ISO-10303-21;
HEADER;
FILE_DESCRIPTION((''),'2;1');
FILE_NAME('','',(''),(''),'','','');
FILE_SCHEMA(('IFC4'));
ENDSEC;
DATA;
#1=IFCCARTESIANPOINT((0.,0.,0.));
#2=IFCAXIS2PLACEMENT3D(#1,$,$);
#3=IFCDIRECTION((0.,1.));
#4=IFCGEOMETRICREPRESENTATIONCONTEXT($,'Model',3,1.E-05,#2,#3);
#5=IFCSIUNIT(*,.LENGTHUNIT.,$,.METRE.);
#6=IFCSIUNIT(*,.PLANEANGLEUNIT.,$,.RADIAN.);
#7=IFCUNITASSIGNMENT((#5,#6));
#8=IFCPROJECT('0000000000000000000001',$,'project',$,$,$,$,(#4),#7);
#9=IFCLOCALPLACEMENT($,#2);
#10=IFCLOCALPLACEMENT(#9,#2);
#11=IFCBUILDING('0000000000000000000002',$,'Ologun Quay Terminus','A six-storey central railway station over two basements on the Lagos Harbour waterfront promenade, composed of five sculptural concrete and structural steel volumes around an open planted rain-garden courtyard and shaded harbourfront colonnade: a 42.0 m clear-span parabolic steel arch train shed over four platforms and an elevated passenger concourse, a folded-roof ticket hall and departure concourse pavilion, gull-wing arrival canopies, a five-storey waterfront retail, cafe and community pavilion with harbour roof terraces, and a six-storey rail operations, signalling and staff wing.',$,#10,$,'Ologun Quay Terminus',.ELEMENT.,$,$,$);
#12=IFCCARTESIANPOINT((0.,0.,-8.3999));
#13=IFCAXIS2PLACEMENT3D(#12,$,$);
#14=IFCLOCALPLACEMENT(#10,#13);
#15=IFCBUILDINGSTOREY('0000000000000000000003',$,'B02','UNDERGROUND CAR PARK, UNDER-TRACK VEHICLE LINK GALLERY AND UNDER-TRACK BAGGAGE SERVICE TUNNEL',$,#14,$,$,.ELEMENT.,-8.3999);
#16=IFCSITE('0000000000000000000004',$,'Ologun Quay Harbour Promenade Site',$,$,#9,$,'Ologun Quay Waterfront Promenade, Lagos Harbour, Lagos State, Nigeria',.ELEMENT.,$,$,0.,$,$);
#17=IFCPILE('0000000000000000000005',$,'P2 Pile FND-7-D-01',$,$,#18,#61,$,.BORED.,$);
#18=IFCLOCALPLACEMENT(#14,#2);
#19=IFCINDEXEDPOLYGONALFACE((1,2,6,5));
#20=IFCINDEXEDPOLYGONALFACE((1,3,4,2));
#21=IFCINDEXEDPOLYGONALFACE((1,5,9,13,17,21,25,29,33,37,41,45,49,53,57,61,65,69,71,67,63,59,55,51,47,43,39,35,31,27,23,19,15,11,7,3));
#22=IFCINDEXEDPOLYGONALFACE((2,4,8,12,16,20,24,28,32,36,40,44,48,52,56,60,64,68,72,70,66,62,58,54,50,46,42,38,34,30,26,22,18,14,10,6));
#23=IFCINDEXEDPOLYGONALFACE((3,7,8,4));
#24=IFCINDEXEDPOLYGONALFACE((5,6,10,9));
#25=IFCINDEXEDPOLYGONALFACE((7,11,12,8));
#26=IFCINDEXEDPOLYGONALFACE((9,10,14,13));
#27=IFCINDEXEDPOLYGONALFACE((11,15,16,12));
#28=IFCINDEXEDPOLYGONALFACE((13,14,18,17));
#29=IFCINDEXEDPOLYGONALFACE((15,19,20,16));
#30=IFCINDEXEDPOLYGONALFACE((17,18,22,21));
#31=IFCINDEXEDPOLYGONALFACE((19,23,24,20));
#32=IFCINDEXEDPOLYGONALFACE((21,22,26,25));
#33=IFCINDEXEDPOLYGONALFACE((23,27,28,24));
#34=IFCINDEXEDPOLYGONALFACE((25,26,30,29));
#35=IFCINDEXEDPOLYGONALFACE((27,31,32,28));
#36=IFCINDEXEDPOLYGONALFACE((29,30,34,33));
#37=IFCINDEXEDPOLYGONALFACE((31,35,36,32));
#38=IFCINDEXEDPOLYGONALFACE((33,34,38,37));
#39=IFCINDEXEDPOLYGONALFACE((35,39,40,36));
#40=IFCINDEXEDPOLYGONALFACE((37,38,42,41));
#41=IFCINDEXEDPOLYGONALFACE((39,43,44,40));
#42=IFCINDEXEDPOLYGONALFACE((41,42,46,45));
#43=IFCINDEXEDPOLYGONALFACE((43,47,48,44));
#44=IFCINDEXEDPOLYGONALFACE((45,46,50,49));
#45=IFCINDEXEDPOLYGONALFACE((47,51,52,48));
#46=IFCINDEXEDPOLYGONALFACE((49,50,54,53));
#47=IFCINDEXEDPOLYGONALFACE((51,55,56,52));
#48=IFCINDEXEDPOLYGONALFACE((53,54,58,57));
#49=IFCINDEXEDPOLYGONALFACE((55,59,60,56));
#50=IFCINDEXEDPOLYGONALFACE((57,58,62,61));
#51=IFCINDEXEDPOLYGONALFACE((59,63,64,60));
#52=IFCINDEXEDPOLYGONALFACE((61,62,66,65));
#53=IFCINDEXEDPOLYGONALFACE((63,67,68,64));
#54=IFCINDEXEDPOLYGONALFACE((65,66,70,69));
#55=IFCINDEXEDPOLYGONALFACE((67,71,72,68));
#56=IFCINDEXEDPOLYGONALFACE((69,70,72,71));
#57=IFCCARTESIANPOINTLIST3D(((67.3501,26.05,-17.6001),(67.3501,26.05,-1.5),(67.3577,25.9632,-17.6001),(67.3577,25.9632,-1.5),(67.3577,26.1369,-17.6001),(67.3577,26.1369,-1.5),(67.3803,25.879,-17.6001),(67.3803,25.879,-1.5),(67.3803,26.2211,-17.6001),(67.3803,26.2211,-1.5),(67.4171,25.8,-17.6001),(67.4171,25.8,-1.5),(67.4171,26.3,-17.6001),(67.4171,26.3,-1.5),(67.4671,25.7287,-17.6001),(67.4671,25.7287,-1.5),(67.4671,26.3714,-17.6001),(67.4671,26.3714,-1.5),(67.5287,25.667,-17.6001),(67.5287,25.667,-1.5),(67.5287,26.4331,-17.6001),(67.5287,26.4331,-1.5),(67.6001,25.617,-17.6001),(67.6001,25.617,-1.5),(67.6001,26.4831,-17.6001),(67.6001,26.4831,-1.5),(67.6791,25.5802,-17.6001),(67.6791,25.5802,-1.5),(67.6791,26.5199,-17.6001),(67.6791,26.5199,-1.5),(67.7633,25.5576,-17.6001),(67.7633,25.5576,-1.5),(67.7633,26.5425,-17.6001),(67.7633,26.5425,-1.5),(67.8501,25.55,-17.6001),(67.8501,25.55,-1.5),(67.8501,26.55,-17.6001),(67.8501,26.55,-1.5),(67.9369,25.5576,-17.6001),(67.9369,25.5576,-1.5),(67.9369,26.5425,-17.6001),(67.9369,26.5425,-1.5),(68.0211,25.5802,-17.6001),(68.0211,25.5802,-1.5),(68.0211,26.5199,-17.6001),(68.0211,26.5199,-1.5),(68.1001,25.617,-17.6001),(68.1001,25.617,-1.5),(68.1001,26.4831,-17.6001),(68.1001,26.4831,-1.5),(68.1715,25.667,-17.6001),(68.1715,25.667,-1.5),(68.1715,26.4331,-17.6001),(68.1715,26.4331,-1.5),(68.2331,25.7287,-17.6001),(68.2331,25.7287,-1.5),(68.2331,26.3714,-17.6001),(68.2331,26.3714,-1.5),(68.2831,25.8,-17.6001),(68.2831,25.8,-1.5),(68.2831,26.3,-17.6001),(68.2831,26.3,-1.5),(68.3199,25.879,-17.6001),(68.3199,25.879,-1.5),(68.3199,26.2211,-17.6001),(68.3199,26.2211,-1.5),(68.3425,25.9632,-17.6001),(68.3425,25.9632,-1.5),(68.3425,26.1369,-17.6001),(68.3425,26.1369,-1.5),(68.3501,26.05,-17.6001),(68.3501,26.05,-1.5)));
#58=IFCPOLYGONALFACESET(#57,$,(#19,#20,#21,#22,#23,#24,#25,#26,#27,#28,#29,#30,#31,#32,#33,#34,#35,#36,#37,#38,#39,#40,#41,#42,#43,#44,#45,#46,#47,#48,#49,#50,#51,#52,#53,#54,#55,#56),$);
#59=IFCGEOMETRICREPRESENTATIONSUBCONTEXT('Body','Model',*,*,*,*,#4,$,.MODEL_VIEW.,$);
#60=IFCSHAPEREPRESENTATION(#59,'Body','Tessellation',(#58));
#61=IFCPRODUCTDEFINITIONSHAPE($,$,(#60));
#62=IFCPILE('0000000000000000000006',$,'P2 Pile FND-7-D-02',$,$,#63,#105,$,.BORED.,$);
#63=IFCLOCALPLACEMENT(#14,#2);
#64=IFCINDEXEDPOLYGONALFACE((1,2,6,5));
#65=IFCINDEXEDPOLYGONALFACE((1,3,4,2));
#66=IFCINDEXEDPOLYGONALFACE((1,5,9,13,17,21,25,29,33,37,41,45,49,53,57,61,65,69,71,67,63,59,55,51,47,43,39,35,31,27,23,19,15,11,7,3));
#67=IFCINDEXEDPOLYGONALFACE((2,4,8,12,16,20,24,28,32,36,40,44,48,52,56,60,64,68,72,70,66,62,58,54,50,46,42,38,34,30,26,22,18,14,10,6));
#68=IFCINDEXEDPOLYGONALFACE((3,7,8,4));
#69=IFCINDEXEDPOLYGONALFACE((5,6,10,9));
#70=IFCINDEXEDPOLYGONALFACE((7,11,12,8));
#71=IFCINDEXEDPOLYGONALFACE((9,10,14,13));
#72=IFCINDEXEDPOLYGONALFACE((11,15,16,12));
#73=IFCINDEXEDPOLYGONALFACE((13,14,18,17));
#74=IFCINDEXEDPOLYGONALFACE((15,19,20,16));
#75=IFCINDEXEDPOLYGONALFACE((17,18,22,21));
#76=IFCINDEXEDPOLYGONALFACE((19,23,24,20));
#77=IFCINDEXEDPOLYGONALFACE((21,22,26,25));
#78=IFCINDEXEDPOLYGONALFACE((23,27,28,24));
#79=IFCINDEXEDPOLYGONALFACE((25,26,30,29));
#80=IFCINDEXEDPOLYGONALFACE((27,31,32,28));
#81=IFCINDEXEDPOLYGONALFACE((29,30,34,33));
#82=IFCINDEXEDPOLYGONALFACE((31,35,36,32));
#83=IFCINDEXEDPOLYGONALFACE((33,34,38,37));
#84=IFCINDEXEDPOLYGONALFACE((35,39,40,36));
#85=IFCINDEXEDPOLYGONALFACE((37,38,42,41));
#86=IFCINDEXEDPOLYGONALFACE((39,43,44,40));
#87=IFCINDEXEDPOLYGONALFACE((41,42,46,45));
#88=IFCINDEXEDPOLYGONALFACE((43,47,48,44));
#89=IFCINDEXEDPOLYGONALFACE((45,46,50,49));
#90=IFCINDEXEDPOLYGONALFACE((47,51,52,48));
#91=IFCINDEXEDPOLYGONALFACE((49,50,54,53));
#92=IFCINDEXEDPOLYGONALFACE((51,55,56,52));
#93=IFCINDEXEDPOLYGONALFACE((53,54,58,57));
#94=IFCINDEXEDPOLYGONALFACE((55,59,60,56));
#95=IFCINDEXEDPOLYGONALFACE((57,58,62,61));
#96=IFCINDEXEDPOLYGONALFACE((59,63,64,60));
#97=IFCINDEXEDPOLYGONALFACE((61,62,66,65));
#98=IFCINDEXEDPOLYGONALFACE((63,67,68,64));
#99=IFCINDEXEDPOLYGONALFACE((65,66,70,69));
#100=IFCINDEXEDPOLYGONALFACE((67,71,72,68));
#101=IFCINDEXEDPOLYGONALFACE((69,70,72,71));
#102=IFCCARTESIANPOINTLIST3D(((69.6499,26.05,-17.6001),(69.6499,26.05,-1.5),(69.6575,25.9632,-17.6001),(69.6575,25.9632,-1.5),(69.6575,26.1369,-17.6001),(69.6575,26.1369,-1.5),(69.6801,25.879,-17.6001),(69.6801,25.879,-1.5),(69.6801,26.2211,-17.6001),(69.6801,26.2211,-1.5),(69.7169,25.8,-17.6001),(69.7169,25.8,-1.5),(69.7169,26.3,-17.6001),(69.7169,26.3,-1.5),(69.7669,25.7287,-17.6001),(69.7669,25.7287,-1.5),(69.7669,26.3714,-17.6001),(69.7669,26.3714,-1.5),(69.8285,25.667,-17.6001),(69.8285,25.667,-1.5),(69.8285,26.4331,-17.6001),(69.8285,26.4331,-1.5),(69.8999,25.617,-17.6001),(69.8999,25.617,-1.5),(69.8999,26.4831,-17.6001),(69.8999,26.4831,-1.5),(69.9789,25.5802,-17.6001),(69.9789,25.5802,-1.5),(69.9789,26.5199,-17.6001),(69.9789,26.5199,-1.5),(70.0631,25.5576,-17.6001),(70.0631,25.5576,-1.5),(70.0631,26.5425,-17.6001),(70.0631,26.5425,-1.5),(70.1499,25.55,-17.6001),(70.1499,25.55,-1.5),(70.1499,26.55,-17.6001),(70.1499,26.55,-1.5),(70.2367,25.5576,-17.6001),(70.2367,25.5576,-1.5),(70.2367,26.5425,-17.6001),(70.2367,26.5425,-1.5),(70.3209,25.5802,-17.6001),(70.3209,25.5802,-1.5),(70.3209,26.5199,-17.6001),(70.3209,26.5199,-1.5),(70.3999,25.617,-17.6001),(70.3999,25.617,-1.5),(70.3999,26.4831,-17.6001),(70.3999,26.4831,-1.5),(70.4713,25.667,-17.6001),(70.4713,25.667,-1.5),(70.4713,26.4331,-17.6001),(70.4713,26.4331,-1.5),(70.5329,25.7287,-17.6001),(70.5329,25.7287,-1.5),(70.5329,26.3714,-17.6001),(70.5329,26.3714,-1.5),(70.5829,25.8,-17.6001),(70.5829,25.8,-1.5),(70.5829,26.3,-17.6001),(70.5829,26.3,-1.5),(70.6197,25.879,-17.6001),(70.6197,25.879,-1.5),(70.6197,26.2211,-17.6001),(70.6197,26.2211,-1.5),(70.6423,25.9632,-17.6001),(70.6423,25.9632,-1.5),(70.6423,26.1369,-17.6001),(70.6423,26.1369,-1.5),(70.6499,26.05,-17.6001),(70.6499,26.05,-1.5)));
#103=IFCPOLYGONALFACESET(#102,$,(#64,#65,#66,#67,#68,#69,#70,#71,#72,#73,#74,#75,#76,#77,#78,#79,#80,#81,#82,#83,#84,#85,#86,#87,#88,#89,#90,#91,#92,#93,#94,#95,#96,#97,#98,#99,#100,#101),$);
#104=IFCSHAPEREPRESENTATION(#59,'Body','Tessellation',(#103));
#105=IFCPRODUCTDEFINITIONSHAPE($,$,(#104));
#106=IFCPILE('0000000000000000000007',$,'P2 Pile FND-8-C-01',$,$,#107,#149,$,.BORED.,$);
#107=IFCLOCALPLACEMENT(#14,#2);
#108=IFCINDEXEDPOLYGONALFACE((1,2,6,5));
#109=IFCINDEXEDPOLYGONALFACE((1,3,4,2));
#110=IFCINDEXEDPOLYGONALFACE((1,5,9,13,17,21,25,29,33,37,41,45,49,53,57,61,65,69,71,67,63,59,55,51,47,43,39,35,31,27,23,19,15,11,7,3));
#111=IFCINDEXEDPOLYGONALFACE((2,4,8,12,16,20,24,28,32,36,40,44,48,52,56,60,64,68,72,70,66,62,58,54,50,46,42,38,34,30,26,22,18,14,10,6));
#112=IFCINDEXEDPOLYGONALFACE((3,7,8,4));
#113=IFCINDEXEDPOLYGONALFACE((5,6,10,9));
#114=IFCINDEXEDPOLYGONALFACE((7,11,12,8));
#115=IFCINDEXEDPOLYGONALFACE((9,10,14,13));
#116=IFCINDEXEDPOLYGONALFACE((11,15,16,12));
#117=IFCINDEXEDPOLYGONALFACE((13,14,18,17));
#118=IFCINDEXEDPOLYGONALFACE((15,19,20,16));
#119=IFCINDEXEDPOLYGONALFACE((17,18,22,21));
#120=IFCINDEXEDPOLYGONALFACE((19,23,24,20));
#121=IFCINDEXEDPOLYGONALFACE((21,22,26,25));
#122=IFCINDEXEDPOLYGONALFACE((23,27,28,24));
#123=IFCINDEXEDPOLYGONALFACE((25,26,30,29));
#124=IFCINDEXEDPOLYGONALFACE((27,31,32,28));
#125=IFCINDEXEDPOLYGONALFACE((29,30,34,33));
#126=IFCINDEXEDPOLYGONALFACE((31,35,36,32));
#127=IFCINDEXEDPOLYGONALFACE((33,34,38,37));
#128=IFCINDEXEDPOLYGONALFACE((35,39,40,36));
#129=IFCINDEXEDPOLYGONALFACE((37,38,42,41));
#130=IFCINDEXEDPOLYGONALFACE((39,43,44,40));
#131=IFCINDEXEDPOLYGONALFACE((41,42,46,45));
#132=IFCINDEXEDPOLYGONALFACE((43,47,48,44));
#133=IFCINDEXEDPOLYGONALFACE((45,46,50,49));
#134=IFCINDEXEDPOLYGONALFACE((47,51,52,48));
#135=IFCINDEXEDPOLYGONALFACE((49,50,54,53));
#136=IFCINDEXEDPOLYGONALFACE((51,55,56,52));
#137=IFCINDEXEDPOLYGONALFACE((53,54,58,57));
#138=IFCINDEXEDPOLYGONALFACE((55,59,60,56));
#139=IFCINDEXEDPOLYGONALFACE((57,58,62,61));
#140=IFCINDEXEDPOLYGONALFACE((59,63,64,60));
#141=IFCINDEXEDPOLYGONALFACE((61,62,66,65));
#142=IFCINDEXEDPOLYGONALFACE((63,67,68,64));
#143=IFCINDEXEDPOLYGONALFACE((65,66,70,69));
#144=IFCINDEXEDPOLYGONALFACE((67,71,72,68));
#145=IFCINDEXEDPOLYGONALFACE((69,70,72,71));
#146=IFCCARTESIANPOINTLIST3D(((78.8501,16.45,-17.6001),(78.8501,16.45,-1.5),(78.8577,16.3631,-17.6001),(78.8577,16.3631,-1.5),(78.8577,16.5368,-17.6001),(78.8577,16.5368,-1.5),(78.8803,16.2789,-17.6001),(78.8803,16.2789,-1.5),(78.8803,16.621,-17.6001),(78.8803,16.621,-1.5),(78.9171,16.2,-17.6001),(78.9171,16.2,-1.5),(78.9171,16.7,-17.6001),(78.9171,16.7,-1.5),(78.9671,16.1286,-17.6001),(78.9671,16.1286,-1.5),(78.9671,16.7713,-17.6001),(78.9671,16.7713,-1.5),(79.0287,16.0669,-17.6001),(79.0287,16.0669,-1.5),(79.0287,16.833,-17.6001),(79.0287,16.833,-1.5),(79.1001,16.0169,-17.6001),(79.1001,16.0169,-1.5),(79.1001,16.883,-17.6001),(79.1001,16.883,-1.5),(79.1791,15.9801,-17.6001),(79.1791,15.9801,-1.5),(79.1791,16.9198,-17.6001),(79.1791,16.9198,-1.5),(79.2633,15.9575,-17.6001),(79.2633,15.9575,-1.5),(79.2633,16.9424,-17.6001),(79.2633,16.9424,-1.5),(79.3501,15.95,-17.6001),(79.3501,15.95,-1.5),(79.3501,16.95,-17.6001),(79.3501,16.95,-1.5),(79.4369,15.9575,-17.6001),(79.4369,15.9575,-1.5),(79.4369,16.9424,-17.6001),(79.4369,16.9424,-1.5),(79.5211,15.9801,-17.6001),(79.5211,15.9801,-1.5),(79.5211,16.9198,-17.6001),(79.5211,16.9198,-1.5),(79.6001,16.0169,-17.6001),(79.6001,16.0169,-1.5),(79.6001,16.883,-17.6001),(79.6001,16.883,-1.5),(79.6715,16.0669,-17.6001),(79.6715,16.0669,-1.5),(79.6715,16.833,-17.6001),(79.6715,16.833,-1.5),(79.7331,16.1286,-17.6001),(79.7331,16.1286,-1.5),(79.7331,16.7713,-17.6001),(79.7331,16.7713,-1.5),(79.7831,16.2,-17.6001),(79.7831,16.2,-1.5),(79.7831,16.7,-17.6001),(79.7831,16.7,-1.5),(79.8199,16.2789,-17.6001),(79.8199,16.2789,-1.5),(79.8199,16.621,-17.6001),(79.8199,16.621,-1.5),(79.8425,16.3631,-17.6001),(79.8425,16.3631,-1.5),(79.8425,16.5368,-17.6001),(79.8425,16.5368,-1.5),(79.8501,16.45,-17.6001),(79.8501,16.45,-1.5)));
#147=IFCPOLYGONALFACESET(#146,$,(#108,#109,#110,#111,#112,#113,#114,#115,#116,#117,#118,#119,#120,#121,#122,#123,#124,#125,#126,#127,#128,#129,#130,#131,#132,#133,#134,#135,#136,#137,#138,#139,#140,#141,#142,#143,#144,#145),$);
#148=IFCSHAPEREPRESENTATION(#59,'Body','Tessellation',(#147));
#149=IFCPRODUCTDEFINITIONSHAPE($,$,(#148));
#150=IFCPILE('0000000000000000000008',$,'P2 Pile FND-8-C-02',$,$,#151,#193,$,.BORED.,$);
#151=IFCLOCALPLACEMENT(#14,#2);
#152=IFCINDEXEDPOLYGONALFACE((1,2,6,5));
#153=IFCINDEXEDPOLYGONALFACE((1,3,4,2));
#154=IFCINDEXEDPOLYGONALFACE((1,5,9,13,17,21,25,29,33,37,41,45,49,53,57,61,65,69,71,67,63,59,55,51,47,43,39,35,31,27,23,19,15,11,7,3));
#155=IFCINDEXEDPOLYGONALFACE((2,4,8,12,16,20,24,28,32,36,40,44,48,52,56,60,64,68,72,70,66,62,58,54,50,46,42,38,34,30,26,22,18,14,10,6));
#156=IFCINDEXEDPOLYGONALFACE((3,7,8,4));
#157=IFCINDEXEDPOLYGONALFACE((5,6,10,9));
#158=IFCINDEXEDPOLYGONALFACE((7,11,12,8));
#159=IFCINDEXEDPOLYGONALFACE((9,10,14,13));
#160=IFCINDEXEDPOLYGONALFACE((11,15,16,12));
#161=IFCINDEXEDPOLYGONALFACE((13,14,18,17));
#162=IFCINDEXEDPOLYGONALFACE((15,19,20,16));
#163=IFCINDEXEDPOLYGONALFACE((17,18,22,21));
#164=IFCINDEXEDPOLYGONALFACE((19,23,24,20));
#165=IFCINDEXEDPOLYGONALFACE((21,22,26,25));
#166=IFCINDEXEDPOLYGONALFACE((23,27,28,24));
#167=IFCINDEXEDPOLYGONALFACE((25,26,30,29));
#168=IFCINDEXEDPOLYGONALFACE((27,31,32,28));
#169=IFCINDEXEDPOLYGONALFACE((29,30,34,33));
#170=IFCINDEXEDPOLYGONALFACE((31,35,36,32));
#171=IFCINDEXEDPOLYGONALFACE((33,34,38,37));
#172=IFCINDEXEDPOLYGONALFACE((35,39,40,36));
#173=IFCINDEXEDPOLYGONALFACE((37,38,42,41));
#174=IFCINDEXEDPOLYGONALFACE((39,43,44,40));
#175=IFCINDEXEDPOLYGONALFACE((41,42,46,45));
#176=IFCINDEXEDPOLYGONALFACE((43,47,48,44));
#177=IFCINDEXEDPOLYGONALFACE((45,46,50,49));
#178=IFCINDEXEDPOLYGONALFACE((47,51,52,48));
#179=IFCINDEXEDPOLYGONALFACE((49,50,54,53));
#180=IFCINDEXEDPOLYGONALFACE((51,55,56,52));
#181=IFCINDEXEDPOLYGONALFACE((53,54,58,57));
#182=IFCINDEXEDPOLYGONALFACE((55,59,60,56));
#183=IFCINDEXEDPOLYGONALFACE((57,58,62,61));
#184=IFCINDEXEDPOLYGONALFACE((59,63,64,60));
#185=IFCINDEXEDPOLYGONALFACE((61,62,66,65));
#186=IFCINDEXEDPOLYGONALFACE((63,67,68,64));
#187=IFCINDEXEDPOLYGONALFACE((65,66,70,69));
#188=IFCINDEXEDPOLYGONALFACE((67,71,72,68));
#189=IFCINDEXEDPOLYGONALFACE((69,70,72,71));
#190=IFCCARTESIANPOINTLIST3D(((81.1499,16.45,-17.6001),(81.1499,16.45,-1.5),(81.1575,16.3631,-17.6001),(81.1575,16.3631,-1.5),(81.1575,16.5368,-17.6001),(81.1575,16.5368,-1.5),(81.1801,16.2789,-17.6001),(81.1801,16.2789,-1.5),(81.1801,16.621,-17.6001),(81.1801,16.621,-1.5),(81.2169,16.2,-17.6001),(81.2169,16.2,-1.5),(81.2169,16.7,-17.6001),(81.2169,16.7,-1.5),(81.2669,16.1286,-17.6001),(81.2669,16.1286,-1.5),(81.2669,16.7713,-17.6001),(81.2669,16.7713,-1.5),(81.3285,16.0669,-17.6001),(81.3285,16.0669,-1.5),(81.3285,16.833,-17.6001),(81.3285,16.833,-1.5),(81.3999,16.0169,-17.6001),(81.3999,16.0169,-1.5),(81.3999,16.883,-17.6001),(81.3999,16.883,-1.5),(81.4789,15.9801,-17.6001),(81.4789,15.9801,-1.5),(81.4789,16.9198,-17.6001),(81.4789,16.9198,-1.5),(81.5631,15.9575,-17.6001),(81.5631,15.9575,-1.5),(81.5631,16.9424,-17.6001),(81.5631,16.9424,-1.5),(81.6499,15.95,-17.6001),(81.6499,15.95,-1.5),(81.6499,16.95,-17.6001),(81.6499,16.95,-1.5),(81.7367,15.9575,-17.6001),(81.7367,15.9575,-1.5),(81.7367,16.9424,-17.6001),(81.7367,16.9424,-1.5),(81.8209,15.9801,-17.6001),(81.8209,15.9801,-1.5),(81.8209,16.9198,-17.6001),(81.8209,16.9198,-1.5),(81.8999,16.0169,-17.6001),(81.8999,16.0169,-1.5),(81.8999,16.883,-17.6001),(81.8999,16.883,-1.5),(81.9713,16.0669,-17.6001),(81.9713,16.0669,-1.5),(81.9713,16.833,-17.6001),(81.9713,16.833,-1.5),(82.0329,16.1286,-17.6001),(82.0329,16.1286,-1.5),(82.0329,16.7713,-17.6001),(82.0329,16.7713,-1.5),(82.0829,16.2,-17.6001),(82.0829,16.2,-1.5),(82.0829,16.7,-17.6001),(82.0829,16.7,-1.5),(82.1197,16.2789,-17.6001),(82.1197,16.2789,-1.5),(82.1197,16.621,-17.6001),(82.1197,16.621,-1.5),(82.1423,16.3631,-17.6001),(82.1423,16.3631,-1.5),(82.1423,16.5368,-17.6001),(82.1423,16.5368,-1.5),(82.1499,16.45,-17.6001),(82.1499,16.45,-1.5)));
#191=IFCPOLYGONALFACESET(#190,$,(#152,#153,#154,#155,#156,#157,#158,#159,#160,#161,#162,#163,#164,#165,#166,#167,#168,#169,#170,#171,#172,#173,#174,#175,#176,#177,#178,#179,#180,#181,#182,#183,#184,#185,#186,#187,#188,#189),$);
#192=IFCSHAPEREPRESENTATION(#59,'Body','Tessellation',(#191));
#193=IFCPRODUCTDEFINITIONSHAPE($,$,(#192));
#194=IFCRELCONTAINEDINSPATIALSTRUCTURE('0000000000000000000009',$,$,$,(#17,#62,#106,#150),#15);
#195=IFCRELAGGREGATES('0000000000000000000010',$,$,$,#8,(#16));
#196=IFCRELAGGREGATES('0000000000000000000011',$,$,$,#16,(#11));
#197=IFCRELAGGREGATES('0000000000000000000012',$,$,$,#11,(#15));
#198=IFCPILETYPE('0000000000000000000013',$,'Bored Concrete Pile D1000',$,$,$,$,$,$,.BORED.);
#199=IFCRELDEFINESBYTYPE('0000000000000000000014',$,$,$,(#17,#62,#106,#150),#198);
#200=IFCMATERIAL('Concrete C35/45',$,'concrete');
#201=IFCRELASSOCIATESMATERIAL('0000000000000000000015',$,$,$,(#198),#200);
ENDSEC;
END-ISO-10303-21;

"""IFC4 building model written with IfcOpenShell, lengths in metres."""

from ifc_helpers import new_model, si_unit, direction, frame, origin, origin_2d, place, context, subcontext, project, spatial, circle, extrude, material, material_profile, profile_set, type_object, element, save


model = new_model("IFC4")

# Units and contexts
model_context = context("Model", 3, precision=1e-05, world=origin(), true_north=direction((0.0, 1.0)))
body_context = subcontext(model_context, "Body", "Model", "MODEL_VIEW")
ifc_project = project(units=[si_unit("LENGTHUNIT", "METRE"), si_unit("PLANEANGLEUNIT", "RADIAN")], contexts=[model_context])

# Site, building, storey
site_placement = place(None, origin())
site = spatial("IfcSite", under=ifc_project, at=site_placement, Name="Ologun Quay Harbour Promenade Site", LongName="Ologun Quay Waterfront Promenade, Lagos Harbour, Lagos State, Nigeria", CompositionType="ELEMENT", RefElevation=0.0)
building_placement = place(site_placement, origin())
building = spatial("IfcBuilding", under=site, at=building_placement, Name="Ologun Quay Terminus", Description="A six-storey central railway station over two basements on the Lagos Harbour waterfront promenade, composed of five sculptural concrete and structural steel volumes around an open planted rain-garden courtyard and shaded harbourfront colonnade: a 42.0 m clear-span parabolic steel arch train shed over four platforms and an elevated passenger concourse, a folded-roof ticket hall and departure concourse pavilion, gull-wing arrival canopies, a five-storey waterfront retail, cafe and community pavilion with harbour roof terraces, and a six-storey rail operations, signalling and staff wing.", LongName="Ologun Quay Terminus", CompositionType="ELEMENT")
storey_placement = place(building_placement, frame((0.0, 0.0, -8.3999)))
storey = spatial("IfcBuildingStorey", under=building, at=storey_placement, Name="B02", Description="UNDERGROUND CAR PARK, UNDER-TRACK VEHICLE LINK GALLERY AND UNDER-TRACK BAGGAGE SERVICE TUNNEL", CompositionType="ELEMENT", Elevation=-8.3999)

# Piles
ifc_material_1 = material(Name="Concrete C35/45", Category="concrete")
ifc_material_profile_1 = material_profile(ifc_material_1, circle(Radius=0.5, at=origin_2d()), Name="PILE D1000")
ifc_profile_set_1 = profile_set([ifc_material_profile_1], Name="Concrete C35/45")
pile_type_1 = type_object("IfcPileType", Name="Bored Concrete Pile D1000", PredefinedType="BORED", material=ifc_profile_set_1)
for number, where, z_axis, x_axis, name in (
    (1, (67.8501, 26.05, -1.5), (0.0, 0.0, -1.0), (1.0, 0.0, 0.0), "P2 Pile FND-7-D-01"),
    (2, (70.1499, 26.05, -1.5), (0.0, 0.0, -1.0), (1.0, 0.0, 0.0), "P2 Pile FND-7-D-02"),
    (3, (79.3501, 16.45, -1.5), (0.0, 0.0, -1.0), (1.0, 0.0, 0.0), "P2 Pile FND-8-C-01"),
    (4, (81.6499, 16.45, -1.5), (0.0, 0.0, -1.0), (1.0, 0.0, 0.0), "P2 Pile FND-8-C-02"),
):
    element("IfcPile", number, at=place(storey_placement, frame(where, z_axis=z_axis, x_axis=x_axis)), inside=storey, type_object=pile_type_1, Name=name, PredefinedType="BORED", context=body_context, shape_type="SweptSolid", body=[
        extrude(circle(Radius=0.5, at=origin_2d()), origin(), (0.0, 0.0, 1.0), 16.1001),
    ])

save(model, "model.ifc")
